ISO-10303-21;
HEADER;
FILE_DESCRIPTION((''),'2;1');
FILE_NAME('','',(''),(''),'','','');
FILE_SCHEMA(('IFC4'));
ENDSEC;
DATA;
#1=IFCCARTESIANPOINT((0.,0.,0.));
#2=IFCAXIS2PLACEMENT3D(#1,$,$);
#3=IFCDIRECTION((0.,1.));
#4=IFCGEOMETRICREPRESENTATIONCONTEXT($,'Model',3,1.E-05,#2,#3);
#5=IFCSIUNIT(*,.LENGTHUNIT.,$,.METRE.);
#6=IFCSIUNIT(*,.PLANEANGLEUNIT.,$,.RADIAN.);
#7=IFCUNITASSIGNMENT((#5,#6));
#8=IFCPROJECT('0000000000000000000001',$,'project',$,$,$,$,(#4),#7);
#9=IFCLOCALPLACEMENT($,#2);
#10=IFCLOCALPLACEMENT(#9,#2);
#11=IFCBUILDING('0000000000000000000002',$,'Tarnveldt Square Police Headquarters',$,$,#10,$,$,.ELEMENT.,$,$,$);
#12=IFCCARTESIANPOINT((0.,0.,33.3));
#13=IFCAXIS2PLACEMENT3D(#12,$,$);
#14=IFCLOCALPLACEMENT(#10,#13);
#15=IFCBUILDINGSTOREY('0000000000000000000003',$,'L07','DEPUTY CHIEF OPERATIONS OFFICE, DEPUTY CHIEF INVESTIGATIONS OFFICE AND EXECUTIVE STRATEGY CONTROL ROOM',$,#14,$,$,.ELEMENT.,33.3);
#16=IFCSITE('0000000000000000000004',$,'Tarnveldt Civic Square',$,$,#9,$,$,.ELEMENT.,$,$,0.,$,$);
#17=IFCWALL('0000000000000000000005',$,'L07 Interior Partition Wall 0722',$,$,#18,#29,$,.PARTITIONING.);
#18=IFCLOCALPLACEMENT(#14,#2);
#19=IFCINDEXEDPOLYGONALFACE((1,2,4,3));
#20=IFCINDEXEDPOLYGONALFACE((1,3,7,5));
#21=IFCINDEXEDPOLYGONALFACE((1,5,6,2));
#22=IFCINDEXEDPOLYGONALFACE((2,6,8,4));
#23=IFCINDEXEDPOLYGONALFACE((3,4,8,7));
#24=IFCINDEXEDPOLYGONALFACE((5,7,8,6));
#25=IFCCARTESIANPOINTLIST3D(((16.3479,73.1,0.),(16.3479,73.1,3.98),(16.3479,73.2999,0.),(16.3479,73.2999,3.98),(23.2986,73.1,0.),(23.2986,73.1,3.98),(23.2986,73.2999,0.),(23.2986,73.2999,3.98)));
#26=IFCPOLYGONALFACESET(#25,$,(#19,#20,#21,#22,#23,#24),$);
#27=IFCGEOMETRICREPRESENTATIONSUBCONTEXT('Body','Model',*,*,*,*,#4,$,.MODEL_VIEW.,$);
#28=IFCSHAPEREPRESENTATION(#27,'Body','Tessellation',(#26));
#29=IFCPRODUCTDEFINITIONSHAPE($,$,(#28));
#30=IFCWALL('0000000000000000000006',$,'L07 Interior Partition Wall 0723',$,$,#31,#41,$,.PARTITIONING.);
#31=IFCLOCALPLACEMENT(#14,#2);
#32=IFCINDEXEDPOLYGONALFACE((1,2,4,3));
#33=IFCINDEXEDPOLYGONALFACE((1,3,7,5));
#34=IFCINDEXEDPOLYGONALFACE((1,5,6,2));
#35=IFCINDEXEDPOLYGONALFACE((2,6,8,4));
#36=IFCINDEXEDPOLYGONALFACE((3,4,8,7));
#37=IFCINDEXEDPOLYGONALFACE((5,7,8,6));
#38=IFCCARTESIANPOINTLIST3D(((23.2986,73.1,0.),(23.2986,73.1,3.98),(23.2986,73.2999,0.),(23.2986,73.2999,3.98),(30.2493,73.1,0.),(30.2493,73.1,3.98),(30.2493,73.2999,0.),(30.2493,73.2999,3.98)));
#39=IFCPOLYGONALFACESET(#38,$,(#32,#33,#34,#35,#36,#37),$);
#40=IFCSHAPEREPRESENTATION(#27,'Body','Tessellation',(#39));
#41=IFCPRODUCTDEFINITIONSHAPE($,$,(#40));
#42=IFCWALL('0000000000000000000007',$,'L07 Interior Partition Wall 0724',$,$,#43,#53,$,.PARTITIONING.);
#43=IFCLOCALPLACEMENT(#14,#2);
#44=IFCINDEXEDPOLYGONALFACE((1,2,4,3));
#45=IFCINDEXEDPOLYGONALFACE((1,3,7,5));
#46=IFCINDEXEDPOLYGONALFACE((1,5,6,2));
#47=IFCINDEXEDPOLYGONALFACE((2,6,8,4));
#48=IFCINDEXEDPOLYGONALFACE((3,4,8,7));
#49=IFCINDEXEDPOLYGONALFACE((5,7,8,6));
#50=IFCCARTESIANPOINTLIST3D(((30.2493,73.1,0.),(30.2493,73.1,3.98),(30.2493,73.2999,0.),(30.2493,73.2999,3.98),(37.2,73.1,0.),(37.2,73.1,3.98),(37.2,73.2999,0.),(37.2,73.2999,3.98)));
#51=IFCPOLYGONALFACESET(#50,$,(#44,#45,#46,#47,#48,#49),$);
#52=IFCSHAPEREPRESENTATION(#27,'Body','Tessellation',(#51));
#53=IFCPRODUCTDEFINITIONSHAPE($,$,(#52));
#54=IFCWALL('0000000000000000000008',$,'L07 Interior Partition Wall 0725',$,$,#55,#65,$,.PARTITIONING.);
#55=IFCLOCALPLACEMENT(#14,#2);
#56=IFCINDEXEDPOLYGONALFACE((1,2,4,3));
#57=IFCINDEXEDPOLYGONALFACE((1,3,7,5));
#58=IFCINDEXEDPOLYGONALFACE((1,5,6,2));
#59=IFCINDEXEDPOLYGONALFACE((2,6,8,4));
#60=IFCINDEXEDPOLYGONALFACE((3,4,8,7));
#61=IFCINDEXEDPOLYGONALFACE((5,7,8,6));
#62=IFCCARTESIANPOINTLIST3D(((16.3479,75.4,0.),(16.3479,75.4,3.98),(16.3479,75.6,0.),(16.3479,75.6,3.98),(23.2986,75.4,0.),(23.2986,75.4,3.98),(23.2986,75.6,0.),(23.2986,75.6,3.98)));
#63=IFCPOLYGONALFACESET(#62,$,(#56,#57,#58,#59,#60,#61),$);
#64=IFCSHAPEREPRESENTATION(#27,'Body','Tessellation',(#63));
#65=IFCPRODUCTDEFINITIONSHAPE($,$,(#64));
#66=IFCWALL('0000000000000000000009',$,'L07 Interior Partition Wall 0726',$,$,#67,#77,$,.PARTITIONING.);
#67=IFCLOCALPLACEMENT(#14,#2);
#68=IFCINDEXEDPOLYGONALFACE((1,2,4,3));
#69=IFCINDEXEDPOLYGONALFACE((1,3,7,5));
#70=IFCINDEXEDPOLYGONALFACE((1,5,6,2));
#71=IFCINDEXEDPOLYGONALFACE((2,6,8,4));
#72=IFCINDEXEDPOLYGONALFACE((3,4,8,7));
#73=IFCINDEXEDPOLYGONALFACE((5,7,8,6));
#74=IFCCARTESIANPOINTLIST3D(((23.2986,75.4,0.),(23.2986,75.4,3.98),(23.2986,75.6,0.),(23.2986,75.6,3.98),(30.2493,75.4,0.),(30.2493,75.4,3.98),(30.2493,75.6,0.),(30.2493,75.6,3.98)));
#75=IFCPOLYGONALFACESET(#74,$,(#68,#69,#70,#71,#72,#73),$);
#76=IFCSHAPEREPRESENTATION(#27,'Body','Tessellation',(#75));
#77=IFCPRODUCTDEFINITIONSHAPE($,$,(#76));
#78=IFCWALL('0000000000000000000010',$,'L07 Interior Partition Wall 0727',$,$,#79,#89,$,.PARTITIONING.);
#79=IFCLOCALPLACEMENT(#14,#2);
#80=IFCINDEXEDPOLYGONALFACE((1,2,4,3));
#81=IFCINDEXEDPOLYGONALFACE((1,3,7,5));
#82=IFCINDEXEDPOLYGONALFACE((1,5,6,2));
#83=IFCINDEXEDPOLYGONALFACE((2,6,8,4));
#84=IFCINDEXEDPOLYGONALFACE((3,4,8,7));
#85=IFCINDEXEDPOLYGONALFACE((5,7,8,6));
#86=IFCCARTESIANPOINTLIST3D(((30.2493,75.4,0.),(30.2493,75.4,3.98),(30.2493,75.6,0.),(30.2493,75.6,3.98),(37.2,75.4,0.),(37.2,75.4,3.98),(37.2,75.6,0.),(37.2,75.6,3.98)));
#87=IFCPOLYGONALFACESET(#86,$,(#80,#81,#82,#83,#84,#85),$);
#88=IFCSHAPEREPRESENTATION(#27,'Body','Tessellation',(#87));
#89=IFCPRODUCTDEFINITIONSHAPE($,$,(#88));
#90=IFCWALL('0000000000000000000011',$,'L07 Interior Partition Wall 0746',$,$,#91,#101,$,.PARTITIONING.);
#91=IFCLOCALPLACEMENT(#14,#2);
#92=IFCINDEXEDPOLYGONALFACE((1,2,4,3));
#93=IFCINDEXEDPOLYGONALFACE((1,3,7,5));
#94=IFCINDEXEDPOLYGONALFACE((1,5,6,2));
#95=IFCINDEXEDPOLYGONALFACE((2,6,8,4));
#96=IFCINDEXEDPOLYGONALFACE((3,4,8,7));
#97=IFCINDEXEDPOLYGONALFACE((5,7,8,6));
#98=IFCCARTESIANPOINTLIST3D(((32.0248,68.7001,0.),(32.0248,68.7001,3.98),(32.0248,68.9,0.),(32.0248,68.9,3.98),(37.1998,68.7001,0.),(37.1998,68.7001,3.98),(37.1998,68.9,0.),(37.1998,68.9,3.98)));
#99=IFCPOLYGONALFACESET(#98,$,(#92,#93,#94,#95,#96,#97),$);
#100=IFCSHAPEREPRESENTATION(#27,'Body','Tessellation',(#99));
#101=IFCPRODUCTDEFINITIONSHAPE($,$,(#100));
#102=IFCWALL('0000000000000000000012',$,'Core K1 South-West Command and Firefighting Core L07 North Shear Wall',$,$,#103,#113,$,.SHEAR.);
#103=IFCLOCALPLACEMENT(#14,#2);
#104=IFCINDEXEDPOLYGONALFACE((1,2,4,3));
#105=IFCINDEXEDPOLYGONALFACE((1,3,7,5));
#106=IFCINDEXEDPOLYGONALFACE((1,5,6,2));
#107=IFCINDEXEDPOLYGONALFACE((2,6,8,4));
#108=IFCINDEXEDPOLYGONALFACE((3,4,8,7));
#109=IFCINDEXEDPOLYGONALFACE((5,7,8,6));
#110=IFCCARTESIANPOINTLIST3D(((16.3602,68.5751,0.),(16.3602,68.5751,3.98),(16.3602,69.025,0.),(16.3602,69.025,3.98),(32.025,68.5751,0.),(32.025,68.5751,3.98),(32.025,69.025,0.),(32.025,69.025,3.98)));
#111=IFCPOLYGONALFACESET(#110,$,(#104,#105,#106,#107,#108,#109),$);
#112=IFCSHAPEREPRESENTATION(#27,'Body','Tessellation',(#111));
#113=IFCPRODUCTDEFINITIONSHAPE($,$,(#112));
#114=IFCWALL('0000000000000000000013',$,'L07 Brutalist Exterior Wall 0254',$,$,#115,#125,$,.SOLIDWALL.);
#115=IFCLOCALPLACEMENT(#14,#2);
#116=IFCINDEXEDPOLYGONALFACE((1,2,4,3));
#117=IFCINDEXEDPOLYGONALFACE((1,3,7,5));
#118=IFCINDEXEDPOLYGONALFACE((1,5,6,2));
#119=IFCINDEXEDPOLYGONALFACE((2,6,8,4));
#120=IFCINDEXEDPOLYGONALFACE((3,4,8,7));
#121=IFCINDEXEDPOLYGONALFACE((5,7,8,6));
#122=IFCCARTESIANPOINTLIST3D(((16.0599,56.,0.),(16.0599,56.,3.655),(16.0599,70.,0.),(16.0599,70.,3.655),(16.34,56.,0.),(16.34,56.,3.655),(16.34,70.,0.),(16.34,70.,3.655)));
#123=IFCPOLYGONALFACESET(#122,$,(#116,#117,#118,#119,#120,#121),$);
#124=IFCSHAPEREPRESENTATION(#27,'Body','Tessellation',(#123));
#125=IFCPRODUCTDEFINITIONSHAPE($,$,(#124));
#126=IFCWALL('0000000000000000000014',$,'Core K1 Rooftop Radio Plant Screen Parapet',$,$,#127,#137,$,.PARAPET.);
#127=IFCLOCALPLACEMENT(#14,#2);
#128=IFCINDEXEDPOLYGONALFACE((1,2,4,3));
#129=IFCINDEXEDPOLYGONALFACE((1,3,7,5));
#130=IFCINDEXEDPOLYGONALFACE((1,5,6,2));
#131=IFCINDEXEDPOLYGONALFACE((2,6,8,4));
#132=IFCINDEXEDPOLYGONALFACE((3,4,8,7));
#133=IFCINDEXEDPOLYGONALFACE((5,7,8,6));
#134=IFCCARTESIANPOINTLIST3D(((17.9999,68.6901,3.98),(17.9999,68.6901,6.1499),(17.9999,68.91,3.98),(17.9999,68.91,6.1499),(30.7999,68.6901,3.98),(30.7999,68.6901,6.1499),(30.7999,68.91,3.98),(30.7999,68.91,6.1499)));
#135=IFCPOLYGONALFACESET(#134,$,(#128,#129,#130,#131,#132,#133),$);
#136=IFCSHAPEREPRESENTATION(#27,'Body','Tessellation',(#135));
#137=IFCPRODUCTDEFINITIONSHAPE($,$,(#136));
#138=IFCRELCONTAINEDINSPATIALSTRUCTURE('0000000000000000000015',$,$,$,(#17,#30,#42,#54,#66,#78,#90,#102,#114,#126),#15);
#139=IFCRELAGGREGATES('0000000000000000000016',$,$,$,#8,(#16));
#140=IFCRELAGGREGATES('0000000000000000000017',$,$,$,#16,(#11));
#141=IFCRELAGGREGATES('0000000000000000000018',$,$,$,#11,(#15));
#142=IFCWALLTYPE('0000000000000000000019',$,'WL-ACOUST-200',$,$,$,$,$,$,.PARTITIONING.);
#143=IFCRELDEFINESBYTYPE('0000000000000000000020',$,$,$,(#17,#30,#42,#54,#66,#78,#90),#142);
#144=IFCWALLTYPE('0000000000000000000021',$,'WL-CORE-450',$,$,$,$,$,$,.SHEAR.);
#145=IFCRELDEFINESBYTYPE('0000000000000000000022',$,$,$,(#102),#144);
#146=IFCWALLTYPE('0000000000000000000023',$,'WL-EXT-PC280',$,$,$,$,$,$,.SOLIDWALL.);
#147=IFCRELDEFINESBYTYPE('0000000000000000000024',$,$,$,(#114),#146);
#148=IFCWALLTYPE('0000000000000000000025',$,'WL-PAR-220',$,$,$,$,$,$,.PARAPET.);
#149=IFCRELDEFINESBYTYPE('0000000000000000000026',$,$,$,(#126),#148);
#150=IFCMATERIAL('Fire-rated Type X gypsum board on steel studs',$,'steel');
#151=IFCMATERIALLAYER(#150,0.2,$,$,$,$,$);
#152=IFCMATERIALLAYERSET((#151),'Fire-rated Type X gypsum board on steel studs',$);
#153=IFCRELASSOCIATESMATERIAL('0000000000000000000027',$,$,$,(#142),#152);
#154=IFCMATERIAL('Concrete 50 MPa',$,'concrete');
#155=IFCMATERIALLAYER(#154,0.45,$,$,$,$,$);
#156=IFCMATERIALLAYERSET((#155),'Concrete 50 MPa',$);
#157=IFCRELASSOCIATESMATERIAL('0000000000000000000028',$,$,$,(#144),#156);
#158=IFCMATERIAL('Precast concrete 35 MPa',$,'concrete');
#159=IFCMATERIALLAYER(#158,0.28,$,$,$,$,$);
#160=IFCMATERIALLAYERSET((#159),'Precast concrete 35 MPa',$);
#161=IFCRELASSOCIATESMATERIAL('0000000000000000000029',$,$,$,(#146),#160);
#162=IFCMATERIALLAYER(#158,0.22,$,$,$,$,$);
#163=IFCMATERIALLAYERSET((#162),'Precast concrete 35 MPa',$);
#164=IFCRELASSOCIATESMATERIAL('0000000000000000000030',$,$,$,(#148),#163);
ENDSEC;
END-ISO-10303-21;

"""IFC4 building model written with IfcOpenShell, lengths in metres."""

from ifc_helpers import new_model, si_unit, direction, frame, frame_2d, origin, place, context, subcontext, project, spatial, rectangle, extrude, material, layer, layer_set, type_object, element, save


model = new_model("IFC4")

# Units and contexts
model_context = context("Model", 3, precision=1e-05, world=origin(), true_north=direction((0.0, 1.0)))
body_context = subcontext(model_context, "Body", "Model", "MODEL_VIEW")
ifc_project = project(units=[si_unit("LENGTHUNIT", "METRE"), si_unit("PLANEANGLEUNIT", "RADIAN")], contexts=[model_context])

# Site, building, storey
site_placement = place(None, origin())
site = spatial("IfcSite", under=ifc_project, at=site_placement, Name="Tarnveldt Civic Square", CompositionType="ELEMENT", RefElevation=0.0)
building_placement = place(site_placement, origin())
building = spatial("IfcBuilding", under=site, at=building_placement, Name="Tarnveldt Square Police Headquarters", CompositionType="ELEMENT")
storey_placement = place(building_placement, frame((0.0, 0.0, 33.3)))
storey = spatial("IfcBuildingStorey", under=building, at=storey_placement, Name="L07", Description="DEPUTY CHIEF OPERATIONS OFFICE, DEPUTY CHIEF INVESTIGATIONS OFFICE AND EXECUTIVE STRATEGY CONTROL ROOM", CompositionType="ELEMENT", Elevation=33.3)

# Shared definitions
ifc_material_1 = material(Name="Concrete 50 MPa", Category="concrete")

# Shared definitions
ifc_material_2 = material(Name="Precast concrete 35 MPa", Category="concrete")

# Walls
ifc_material_3 = material(Name="Fire-rated Type X gypsum board on steel studs", Category="steel")
ifc_layer_1 = layer(ifc_material_3, 0.2)
ifc_layer_set_1 = layer_set([ifc_layer_1], Name="Fire-rated Type X gypsum board on steel studs")
wall_type_1 = type_object("IfcWallType", Name="WL-ACOUST-200", PredefinedType="PARTITIONING", material=ifc_layer_set_1)
for number, where, z_axis, x_axis, name in (
    (1, (16.3479, 73.2, 0.0), (0.0, 0.0, 1.0), (1.0, 0.0, 0.0), "L07 Interior Partition Wall 0722"),
    (2, (23.2986, 73.2, 0.0), (0.0, 0.0, 1.0), (1.0, 0.0, 0.0), "L07 Interior Partition Wall 0723"),
    (3, (30.2493, 73.2, 0.0), (0.0, 0.0, 1.0), (1.0, 0.0, 0.0), "L07 Interior Partition Wall 0724"),
    (4, (16.3479, 75.5, 0.0), (0.0, 0.0, 1.0), (1.0, 0.0, 0.0), "L07 Interior Partition Wall 0725"),
    (5, (23.2986, 75.5, 0.0), (0.0, 0.0, 1.0), (1.0, 0.0, 0.0), "L07 Interior Partition Wall 0726"),
    (6, (30.2493, 75.5, 0.0), (0.0, 0.0, 1.0), (1.0, 0.0, 0.0), "L07 Interior Partition Wall 0727"),
):
    element("IfcWall", number, at=place(storey_placement, frame(where, z_axis=z_axis, x_axis=x_axis)), inside=storey, type_object=wall_type_1, Name=name, PredefinedType="PARTITIONING", context=body_context, shape_type="SweptSolid", body=[
        extrude(rectangle(XDim=6.9507, YDim=0.2, at=frame_2d((3.4753, 0.0))), origin(), (0.0, 0.0, 1.0), 3.98),
    ])
wall_1_placement = place(storey_placement, frame((32.0249, 68.8, 0.0), z_axis=(0.0, 0.0, 1.0), x_axis=(1.0, 0.0, 0.0)))
element("IfcWall", 7, at=wall_1_placement, inside=storey, type_object=wall_type_1, Name="L07 Interior Partition Wall 0746", PredefinedType="PARTITIONING", context=body_context, shape_type="SweptSolid", body=[
    extrude(rectangle(XDim=5.175, YDim=0.2, at=frame_2d((2.5874, 0.0))), origin(), (0.0, 0.0, 1.0), 3.98),
])
ifc_layer_2 = layer(ifc_material_1, 0.45)
ifc_layer_set_2 = layer_set([ifc_layer_2], Name="Concrete 50 MPa")
wall_type_2 = type_object("IfcWallType", Name="WL-CORE-450", PredefinedType="SHEAR", material=ifc_layer_set_2)
wall_2_placement = place(storey_placement, frame((16.3601, 68.8, 0.0), z_axis=(0.0, 0.0, 1.0), x_axis=(1.0, 0.0, 0.0)))
element("IfcWall", 8, at=wall_2_placement, inside=storey, type_object=wall_type_2, Name="Core K1 South-West Command and Firefighting Core L07 North Shear Wall", PredefinedType="SHEAR", context=body_context, shape_type="SweptSolid", body=[
    extrude(rectangle(XDim=15.6648, YDim=0.45, at=frame_2d((7.8325, 0.0))), origin(), (0.0, 0.0, 1.0), 3.98),
])
ifc_layer_3 = layer(ifc_material_2, 0.28)
ifc_layer_set_3 = layer_set([ifc_layer_3], Name="Precast concrete 35 MPa")
wall_type_3 = type_object("IfcWallType", Name="WL-EXT-PC280", PredefinedType="SOLIDWALL", material=ifc_layer_set_3)
wall_3_placement = place(storey_placement, frame((16.2, 70.0, 0.0), z_axis=(0.0, 0.0, 1.0), x_axis=(0.0, -1.0, 0.0)))
element("IfcWall", 9, at=wall_3_placement, inside=storey, type_object=wall_type_3, Name="L07 Brutalist Exterior Wall 0254", PredefinedType="SOLIDWALL", context=body_context, shape_type="SweptSolid", body=[
    extrude(rectangle(XDim=14.0, YDim=0.28, at=frame_2d((7.0, 0.0))), origin(), (0.0, 0.0, 1.0), 3.655),
])
ifc_layer_4 = layer(ifc_material_2, 0.22)
ifc_layer_set_4 = layer_set([ifc_layer_4], Name="Precast concrete 35 MPa")
wall_type_4 = type_object("IfcWallType", Name="WL-PAR-220", PredefinedType="PARAPET", material=ifc_layer_set_4)
wall_4_placement = place(storey_placement, frame((18.0, 68.8, 3.98), z_axis=(0.0, 0.0, 1.0), x_axis=(1.0, 0.0, 0.0)))
element("IfcWall", 10, at=wall_4_placement, inside=storey, type_object=wall_type_4, Name="Core K1 Rooftop Radio Plant Screen Parapet", PredefinedType="PARAPET", context=body_context, shape_type="SweptSolid", body=[
    extrude(rectangle(XDim=12.8, YDim=0.22, at=frame_2d((6.3999, 0.0))), origin(), (0.0, 0.0, 1.0), 2.1699),
])

save(model, "model.ifc")
